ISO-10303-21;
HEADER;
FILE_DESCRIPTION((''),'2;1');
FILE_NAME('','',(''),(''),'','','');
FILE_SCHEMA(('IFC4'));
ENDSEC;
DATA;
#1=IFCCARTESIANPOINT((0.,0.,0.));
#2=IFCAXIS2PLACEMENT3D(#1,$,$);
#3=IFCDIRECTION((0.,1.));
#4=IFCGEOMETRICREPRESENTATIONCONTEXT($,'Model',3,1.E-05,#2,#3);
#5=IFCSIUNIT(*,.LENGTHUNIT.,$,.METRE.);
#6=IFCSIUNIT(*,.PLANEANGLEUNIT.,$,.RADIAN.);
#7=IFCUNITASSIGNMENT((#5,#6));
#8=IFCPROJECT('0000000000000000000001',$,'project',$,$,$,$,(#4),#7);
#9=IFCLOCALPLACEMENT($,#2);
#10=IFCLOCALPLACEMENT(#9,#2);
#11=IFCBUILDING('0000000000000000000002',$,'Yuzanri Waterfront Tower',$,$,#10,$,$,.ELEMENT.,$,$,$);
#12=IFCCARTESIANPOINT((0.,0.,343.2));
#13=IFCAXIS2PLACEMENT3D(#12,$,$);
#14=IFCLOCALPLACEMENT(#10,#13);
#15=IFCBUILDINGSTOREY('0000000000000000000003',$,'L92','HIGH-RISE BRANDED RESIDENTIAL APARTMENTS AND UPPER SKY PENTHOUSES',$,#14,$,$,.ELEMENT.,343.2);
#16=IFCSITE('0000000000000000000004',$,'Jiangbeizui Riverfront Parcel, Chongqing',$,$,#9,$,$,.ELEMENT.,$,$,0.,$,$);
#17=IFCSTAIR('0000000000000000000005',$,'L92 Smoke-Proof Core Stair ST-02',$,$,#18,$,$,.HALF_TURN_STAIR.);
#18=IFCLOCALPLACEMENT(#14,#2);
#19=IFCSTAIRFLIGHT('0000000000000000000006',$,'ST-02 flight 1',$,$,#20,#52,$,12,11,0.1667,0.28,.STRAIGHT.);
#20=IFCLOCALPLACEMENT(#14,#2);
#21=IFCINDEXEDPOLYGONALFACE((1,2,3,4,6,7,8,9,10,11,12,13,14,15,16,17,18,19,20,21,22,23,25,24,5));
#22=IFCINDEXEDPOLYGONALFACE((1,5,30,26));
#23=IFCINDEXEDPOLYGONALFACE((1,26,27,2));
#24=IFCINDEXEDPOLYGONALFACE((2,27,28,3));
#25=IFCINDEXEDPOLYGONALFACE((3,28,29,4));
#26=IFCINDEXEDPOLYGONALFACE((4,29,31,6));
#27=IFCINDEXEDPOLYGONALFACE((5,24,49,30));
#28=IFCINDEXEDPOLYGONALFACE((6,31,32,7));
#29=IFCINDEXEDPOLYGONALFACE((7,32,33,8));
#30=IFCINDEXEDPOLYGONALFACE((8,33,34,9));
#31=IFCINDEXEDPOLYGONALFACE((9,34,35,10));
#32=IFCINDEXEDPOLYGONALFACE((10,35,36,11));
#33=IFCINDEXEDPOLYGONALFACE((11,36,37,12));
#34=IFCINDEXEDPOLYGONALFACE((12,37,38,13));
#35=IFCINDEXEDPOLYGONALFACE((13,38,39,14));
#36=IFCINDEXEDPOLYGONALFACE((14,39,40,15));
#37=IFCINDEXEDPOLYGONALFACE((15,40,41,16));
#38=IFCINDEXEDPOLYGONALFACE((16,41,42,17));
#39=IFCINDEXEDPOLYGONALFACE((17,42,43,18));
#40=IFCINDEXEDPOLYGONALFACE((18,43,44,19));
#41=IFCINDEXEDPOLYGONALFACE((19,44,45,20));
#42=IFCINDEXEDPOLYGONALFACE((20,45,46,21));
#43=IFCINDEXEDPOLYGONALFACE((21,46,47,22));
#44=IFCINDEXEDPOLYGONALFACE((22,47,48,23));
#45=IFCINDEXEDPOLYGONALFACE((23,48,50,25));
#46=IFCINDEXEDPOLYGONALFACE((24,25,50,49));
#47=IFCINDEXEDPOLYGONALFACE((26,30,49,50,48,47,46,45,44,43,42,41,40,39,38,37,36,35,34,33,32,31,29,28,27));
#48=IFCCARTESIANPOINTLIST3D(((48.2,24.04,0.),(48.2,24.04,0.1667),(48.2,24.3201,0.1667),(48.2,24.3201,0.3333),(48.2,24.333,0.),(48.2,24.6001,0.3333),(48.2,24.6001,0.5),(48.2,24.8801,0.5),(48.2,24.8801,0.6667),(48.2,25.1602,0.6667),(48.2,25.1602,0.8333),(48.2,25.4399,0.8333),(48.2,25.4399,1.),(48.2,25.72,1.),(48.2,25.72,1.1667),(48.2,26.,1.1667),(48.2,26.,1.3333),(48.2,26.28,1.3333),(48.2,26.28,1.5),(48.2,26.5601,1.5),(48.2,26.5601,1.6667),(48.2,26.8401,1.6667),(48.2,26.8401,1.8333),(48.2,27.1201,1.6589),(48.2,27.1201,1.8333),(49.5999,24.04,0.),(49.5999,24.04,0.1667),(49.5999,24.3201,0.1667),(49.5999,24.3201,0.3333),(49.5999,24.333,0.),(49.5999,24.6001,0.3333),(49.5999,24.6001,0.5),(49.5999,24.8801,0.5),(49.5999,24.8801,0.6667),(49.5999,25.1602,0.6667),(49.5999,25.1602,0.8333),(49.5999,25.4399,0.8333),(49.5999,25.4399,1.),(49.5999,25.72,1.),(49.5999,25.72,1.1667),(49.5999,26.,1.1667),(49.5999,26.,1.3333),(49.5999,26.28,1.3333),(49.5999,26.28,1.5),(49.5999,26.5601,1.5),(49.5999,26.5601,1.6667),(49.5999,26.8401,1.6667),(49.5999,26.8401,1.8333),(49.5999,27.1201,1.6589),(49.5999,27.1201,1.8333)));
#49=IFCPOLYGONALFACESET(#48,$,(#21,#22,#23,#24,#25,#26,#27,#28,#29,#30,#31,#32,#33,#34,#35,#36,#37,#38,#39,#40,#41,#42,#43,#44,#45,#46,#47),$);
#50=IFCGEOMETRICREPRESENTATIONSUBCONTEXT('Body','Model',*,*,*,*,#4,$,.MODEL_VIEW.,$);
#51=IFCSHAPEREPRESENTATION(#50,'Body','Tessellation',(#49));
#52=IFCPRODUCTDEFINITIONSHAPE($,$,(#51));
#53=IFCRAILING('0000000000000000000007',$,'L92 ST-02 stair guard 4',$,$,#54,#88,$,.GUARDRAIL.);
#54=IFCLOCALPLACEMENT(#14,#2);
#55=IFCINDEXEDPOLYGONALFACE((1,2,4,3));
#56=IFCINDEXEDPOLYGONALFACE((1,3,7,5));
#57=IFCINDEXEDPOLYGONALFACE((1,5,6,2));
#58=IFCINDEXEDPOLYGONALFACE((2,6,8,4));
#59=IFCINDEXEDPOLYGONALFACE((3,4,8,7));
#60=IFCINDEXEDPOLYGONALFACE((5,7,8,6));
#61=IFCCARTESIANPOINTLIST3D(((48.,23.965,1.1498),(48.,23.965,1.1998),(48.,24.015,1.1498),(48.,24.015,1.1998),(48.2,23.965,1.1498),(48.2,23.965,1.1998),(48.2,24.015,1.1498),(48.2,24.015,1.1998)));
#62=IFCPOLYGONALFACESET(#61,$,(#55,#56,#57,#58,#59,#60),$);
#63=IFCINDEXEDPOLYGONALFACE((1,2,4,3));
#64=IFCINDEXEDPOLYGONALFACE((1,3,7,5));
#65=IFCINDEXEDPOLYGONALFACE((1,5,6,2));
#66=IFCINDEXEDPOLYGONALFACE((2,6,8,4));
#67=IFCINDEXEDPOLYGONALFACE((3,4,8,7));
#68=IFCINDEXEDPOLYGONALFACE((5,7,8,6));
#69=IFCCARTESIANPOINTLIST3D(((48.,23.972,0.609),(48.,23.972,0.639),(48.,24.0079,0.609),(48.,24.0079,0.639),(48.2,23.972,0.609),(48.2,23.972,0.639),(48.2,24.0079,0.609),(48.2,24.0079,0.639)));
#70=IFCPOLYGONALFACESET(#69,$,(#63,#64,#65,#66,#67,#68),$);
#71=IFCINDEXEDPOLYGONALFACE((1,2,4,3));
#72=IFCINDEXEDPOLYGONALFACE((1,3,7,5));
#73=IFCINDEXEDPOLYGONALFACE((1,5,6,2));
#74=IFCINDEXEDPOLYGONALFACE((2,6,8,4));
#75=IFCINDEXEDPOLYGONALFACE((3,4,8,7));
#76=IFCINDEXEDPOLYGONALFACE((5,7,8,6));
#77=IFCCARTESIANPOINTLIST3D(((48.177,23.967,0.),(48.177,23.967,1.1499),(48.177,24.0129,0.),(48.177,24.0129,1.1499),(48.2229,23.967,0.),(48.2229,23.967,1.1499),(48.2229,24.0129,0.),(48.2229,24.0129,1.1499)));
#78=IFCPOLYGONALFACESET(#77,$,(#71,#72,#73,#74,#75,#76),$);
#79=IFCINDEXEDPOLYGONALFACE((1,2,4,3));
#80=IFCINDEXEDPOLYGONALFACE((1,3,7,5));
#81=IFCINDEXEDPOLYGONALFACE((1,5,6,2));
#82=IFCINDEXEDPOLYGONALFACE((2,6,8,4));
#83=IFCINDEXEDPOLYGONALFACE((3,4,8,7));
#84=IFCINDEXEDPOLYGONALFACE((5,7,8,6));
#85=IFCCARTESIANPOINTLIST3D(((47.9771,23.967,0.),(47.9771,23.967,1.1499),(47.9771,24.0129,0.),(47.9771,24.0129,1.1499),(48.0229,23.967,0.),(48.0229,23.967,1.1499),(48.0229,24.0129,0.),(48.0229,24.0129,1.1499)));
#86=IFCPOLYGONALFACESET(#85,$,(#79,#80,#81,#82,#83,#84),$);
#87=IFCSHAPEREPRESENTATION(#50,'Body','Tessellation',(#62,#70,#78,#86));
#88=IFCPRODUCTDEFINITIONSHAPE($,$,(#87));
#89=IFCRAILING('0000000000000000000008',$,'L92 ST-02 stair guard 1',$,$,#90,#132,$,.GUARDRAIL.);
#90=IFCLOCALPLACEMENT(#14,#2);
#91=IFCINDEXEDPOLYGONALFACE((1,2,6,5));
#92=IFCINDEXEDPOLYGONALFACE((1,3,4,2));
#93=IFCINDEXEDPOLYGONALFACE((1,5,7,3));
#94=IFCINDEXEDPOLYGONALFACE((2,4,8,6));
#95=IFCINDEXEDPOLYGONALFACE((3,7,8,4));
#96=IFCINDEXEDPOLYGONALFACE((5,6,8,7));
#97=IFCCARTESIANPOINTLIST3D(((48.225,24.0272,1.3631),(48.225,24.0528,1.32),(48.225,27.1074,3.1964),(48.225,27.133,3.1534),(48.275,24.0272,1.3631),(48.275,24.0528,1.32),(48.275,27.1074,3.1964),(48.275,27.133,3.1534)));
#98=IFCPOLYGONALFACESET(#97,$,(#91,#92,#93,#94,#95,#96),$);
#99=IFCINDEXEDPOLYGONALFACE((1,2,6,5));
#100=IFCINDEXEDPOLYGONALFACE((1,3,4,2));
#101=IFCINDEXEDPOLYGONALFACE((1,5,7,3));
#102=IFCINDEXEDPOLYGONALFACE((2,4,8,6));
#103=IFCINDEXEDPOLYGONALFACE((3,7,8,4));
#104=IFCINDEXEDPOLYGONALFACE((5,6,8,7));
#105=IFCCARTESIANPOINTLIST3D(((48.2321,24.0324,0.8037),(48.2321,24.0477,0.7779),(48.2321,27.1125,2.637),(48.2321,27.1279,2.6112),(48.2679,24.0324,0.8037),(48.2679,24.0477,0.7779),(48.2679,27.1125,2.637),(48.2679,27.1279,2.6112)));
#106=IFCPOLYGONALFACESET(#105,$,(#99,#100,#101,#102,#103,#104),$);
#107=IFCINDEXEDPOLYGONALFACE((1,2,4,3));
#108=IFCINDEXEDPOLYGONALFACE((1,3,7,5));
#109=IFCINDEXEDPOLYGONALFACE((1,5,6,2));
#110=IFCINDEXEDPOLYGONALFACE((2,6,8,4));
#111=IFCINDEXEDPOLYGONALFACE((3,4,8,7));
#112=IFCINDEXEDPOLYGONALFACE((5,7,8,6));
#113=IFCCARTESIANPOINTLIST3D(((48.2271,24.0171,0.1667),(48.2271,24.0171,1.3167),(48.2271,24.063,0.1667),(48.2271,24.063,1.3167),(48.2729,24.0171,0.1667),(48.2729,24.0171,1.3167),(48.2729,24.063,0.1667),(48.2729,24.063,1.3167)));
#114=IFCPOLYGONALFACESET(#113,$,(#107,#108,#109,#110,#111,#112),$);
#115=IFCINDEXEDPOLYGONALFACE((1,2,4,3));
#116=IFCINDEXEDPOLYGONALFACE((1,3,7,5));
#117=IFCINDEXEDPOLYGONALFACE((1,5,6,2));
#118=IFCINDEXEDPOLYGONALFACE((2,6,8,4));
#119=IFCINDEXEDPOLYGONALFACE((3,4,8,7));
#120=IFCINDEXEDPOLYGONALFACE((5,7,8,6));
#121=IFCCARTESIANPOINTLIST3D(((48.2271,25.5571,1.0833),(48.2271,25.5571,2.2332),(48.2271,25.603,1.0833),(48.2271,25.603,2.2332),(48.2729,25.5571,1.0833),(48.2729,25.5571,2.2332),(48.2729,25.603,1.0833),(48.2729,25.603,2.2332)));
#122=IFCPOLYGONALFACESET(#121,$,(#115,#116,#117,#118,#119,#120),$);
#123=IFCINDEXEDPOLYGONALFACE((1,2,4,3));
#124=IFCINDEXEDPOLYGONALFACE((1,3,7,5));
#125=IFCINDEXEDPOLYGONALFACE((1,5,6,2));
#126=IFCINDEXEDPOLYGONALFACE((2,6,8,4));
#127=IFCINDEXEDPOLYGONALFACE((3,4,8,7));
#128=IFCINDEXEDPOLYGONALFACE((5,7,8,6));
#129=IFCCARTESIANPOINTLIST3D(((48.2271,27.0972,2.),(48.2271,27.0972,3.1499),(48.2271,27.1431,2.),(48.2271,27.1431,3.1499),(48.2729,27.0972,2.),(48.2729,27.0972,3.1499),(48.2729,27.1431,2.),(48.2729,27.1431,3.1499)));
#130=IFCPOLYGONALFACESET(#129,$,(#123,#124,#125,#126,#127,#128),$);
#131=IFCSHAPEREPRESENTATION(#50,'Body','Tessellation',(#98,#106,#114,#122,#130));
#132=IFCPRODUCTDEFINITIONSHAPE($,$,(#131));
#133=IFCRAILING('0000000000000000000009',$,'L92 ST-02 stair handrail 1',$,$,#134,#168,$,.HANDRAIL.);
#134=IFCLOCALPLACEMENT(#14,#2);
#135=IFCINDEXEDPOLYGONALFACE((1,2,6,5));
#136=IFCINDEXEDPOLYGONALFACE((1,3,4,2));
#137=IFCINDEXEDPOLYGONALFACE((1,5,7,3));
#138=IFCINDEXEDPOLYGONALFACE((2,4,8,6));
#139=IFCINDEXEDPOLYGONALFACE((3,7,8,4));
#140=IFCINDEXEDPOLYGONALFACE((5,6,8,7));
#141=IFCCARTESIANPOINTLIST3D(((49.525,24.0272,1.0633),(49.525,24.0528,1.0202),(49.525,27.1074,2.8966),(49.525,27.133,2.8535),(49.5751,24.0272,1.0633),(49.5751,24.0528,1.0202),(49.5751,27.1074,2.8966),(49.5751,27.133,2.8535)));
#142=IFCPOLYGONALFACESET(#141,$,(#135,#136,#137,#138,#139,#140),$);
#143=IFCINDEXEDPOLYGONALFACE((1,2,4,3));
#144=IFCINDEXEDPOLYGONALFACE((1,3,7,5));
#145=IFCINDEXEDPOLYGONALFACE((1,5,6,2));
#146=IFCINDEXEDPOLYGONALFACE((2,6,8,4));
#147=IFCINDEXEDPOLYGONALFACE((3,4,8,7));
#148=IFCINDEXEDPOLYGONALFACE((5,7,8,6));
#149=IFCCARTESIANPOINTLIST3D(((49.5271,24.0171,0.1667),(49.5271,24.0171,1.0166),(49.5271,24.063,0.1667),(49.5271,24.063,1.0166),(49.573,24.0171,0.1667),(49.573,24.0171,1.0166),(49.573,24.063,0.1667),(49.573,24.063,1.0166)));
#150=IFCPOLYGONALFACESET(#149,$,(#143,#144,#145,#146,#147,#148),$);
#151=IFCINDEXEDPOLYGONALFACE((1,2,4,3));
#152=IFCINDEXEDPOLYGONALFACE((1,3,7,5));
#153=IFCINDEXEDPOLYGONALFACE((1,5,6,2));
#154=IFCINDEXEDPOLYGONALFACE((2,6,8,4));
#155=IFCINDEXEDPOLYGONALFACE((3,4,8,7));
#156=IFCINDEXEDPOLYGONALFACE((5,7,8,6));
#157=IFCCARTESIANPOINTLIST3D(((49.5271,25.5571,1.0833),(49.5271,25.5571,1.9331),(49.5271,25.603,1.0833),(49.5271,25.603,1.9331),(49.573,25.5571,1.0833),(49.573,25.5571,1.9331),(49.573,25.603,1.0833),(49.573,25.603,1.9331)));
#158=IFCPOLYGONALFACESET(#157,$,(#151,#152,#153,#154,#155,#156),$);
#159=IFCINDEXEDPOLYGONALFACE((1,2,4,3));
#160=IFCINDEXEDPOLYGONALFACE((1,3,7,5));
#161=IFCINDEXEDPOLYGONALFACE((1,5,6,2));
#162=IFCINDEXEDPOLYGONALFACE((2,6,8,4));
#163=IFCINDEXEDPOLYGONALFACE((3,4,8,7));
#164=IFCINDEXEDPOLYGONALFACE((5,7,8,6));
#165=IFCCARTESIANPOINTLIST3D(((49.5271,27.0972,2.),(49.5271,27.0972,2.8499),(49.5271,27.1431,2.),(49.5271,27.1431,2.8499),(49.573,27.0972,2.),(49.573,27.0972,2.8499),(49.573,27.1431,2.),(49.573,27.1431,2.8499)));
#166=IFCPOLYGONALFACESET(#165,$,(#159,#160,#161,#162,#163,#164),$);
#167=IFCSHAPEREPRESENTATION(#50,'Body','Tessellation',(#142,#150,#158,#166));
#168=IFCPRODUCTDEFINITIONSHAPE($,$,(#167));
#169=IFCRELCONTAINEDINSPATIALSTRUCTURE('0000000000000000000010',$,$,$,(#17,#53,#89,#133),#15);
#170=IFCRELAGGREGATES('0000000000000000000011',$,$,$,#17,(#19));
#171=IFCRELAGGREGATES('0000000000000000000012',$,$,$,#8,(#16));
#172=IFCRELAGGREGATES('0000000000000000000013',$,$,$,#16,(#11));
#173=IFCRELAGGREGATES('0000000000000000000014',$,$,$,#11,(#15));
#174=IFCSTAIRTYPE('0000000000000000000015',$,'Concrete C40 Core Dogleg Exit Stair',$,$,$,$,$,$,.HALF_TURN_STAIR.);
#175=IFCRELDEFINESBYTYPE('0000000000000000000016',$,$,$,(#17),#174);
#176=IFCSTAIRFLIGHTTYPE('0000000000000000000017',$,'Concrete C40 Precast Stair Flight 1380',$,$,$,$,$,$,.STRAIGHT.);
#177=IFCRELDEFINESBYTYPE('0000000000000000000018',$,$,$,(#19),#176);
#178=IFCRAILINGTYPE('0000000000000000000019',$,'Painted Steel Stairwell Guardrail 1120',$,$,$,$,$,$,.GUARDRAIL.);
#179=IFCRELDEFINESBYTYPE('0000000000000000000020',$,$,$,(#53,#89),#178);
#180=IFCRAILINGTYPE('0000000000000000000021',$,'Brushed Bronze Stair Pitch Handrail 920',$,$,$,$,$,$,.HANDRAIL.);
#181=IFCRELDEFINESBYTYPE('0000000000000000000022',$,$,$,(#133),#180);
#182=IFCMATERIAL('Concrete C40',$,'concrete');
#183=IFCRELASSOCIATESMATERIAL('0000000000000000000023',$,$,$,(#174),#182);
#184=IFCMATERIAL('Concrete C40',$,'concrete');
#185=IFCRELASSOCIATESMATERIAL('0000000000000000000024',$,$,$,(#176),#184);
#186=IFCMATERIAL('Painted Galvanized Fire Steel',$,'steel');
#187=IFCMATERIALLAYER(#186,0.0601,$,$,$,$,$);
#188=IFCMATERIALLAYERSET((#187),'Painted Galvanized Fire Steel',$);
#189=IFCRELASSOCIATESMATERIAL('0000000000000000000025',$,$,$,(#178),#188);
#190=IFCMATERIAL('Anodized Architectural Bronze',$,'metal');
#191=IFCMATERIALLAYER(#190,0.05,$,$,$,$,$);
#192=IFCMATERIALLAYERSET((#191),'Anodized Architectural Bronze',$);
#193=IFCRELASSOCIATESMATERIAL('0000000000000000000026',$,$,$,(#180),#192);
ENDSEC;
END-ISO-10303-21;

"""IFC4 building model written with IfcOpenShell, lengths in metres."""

from ifc_helpers import new_model, si_unit, direction, frame, origin, origin_2d, place, context, subcontext, project, spatial, polyline, rectangle, outline, extrude, source, transform, mapped, material, layer, layer_set, type_object, element, aggregate, save


model = new_model("IFC4")

# Units and contexts
model_context = context("Model", 3, precision=1e-05, world=origin(), true_north=direction((0.0, 1.0)))
body_context = subcontext(model_context, "Body", "Model", "MODEL_VIEW")
ifc_project = project(units=[si_unit("LENGTHUNIT", "METRE"), si_unit("PLANEANGLEUNIT", "RADIAN")], contexts=[model_context])

# Site, building, storey
site_placement = place(None, origin())
site = spatial("IfcSite", under=ifc_project, at=site_placement, Name="Jiangbeizui Riverfront Parcel, Chongqing", CompositionType="ELEMENT", RefElevation=0.0)
building_placement = place(site_placement, origin())
building = spatial("IfcBuilding", under=site, at=building_placement, Name="Yuzanri Waterfront Tower", CompositionType="ELEMENT")
storey_placement = place(building_placement, frame((0.0, 0.0, 343.2)))
storey = spatial("IfcBuildingStorey", under=building, at=storey_placement, Name="L92", Description="HIGH-RISE BRANDED RESIDENTIAL APARTMENTS AND UPPER SKY PENTHOUSES", CompositionType="ELEMENT", Elevation=343.2)

# Stair, stair flight
ifc_material_1 = material(Name="Concrete C40", Category="concrete")
stair_type = type_object("IfcStairType", Name="Concrete C40 Core Dogleg Exit Stair", PredefinedType="HALF_TURN_STAIR", material=ifc_material_1)
stair_placement = place(storey_placement, origin())
stair = element("IfcStair", 1, at=stair_placement, inside=storey, type_object=stair_type, Name="L92 Smoke-Proof Core Stair ST-02", PredefinedType="HALF_TURN_STAIR")
ifc_material_2 = material(Name="Concrete C40", Category="concrete")
stair_flight_type = type_object("IfcStairFlightType", Name="Concrete C40 Precast Stair Flight 1380", PredefinedType="STRAIGHT", material=ifc_material_2)
shared_shape_1 = source(origin(), body_context, "Body", "SweptSolid", [
    extrude(outline(polyline([(0.0, 0.0), (0.0, 0.1667), (0.28, 0.1667), (0.28, 0.3333), (0.5601, 0.3333), (0.5601, 0.5), (0.8401, 0.5), (0.8401, 0.6667), (1.1201, 0.6667), (1.1201, 0.8333), (1.3999, 0.8333), (1.3999, 1.0), (1.6799, 1.0), (1.6799, 1.1667), (1.96, 1.1667), (1.96, 1.3333), (2.24, 1.3333), (2.24, 1.5), (2.52, 1.5), (2.52, 1.6667), (2.8, 1.6667), (2.8, 1.8333), (3.0801, 1.8333), (3.0801, 2.0), (3.0801, 1.6589), (0.293, 0.0), (0.0, 0.0)])), frame((0.0, 0.7, 0.0), z_axis=(0.0, -1.0, 0.0), x_axis=(1.0, 0.0, 0.0)), (0.0, 0.0, 1.0), 1.3999),
])
stair_flight_placement = place(storey_placement, frame((48.8999, 24.04, 0.0), z_axis=(0.0, 0.0, 1.0), x_axis=(0.0, 1.0, 0.0)))
stair_flight = element("IfcStairFlight", 2, at=stair_flight_placement, type_object=stair_flight_type, Name="ST-02 flight 1", NumberOfRisers=12, NumberOfTreads=11, PredefinedType="STRAIGHT", RiserHeight=0.1667, TreadLength=0.28, context=body_context, shape_type="MappedRepresentation", body=[
    mapped(shared_shape_1, transform((0.0, 0.0, 0.0), scale=1.0)),
])
aggregate(stair, [stair_flight])

# Railings
ifc_material_3 = material(Name="Painted Galvanized Fire Steel", Category="steel")
ifc_layer_1 = layer(ifc_material_3, 0.0601)
ifc_layer_set_1 = layer_set([ifc_layer_1], Name="Painted Galvanized Fire Steel")
railing_type_1 = type_object("IfcRailingType", Name="Painted Steel Stairwell Guardrail 1120", PredefinedType="GUARDRAIL", material=ifc_layer_set_1)
shared_shape_2 = source(origin(), body_context, "Body", "SweptSolid", [
    extrude(rectangle(XDim=0.05, YDim=0.05, at=origin_2d()), frame((0.0, 0.0, 1.1748), z_axis=(-1.0, 0.0, 0.0), x_axis=(0.0, -1.0, 0.0)), (0.0, 0.0, 1.0), 0.2),
    extrude(rectangle(XDim=0.0359, YDim=0.03, at=origin_2d()), frame((0.0, 0.0, 0.624), z_axis=(-1.0, 0.0, 0.0), x_axis=(0.0, -1.0, 0.0)), (0.0, 0.0, 1.0), 0.2),
    extrude(rectangle(XDim=0.0459, YDim=0.0459, at=origin_2d()), origin(), (0.0, 0.0, 1.0), 1.1499),
    extrude(rectangle(XDim=0.0459, YDim=0.0459, at=origin_2d()), frame((-0.2, 0.0, 0.0)), (0.0, 0.0, 1.0), 1.1499),
])
railing_1_placement = place(storey_placement, frame((48.2, 23.99, 0.0)))
element("IfcRailing", 3, at=railing_1_placement, inside=storey, type_object=railing_type_1, Name="L92 ST-02 stair guard 4", PredefinedType="GUARDRAIL", context=body_context, shape_type="MappedRepresentation", body=[
    mapped(shared_shape_2, transform((0.0, 0.0, 0.0), scale=1.0)),
])
shared_shape_3 = source(origin(), body_context, "Body", "SweptSolid", [
    extrude(rectangle(XDim=0.05, YDim=0.05, at=origin_2d()), frame((0.0, 0.0, 1.1748), z_axis=(0.0, 0.859309, 0.511458), x_axis=(-1.0, 0.0, 0.0)), (0.0, 0.0, 1.0), 3.5845),
    extrude(rectangle(XDim=0.0359, YDim=0.03, at=origin_2d()), frame((0.0, 0.0, 0.624), z_axis=(0.0, 0.859309, 0.511458), x_axis=(-1.0, 0.0, 0.0)), (0.0, 0.0, 1.0), 3.5845),
    extrude(rectangle(XDim=0.0459, YDim=0.0459, at=origin_2d()), origin(), (0.0, 0.0, 1.0), 1.1499),
    extrude(rectangle(XDim=0.0459, YDim=0.0459, at=origin_2d()), frame((0.0, 1.54, 0.9165)), (0.0, 0.0, 1.0), 1.1499),
    extrude(rectangle(XDim=0.0459, YDim=0.0459, at=origin_2d()), frame((0.0, 3.0801, 1.8333)), (0.0, 0.0, 1.0), 1.1499),
])
railing_2_placement = place(storey_placement, frame((48.25, 24.04, 0.1667)))
element("IfcRailing", 4, at=railing_2_placement, inside=storey, type_object=railing_type_1, Name="L92 ST-02 stair guard 1", PredefinedType="GUARDRAIL", context=body_context, shape_type="MappedRepresentation", body=[
    mapped(shared_shape_3, transform((0.0, 0.0, 0.0), scale=1.0)),
])
ifc_material_4 = material(Name="Anodized Architectural Bronze", Category="metal")
ifc_layer_2 = layer(ifc_material_4, 0.05)
ifc_layer_set_2 = layer_set([ifc_layer_2], Name="Anodized Architectural Bronze")
railing_type_2 = type_object("IfcRailingType", Name="Brushed Bronze Stair Pitch Handrail 920", PredefinedType="HANDRAIL", material=ifc_layer_set_2)
shared_shape_4 = source(origin(), body_context, "Body", "SweptSolid", [
    extrude(rectangle(XDim=0.05, YDim=0.05, at=origin_2d()), frame((0.0, 0.0, 0.875), z_axis=(0.0, 0.859309, 0.511458), x_axis=(-1.0, 0.0, 0.0)), (0.0, 0.0, 1.0), 3.5845),
    extrude(rectangle(XDim=0.0459, YDim=0.0459, at=origin_2d()), origin(), (0.0, 0.0, 1.0), 0.8499),
    extrude(rectangle(XDim=0.0459, YDim=0.0459, at=origin_2d()), frame((0.0, 1.54, 0.9165)), (0.0, 0.0, 1.0), 0.8499),
    extrude(rectangle(XDim=0.0459, YDim=0.0459, at=origin_2d()), frame((0.0, 3.0801, 1.8333)), (0.0, 0.0, 1.0), 0.8499),
])
railing_3_placement = place(storey_placement, frame((49.55, 24.04, 0.1667)))
element("IfcRailing", 5, at=railing_3_placement, inside=storey, type_object=railing_type_2, Name="L92 ST-02 stair handrail 1", PredefinedType="HANDRAIL", context=body_context, shape_type="MappedRepresentation", body=[
    mapped(shared_shape_4, transform((0.0, 0.0, 0.0), scale=1.0)),
])

save(model, "model.ifc")
